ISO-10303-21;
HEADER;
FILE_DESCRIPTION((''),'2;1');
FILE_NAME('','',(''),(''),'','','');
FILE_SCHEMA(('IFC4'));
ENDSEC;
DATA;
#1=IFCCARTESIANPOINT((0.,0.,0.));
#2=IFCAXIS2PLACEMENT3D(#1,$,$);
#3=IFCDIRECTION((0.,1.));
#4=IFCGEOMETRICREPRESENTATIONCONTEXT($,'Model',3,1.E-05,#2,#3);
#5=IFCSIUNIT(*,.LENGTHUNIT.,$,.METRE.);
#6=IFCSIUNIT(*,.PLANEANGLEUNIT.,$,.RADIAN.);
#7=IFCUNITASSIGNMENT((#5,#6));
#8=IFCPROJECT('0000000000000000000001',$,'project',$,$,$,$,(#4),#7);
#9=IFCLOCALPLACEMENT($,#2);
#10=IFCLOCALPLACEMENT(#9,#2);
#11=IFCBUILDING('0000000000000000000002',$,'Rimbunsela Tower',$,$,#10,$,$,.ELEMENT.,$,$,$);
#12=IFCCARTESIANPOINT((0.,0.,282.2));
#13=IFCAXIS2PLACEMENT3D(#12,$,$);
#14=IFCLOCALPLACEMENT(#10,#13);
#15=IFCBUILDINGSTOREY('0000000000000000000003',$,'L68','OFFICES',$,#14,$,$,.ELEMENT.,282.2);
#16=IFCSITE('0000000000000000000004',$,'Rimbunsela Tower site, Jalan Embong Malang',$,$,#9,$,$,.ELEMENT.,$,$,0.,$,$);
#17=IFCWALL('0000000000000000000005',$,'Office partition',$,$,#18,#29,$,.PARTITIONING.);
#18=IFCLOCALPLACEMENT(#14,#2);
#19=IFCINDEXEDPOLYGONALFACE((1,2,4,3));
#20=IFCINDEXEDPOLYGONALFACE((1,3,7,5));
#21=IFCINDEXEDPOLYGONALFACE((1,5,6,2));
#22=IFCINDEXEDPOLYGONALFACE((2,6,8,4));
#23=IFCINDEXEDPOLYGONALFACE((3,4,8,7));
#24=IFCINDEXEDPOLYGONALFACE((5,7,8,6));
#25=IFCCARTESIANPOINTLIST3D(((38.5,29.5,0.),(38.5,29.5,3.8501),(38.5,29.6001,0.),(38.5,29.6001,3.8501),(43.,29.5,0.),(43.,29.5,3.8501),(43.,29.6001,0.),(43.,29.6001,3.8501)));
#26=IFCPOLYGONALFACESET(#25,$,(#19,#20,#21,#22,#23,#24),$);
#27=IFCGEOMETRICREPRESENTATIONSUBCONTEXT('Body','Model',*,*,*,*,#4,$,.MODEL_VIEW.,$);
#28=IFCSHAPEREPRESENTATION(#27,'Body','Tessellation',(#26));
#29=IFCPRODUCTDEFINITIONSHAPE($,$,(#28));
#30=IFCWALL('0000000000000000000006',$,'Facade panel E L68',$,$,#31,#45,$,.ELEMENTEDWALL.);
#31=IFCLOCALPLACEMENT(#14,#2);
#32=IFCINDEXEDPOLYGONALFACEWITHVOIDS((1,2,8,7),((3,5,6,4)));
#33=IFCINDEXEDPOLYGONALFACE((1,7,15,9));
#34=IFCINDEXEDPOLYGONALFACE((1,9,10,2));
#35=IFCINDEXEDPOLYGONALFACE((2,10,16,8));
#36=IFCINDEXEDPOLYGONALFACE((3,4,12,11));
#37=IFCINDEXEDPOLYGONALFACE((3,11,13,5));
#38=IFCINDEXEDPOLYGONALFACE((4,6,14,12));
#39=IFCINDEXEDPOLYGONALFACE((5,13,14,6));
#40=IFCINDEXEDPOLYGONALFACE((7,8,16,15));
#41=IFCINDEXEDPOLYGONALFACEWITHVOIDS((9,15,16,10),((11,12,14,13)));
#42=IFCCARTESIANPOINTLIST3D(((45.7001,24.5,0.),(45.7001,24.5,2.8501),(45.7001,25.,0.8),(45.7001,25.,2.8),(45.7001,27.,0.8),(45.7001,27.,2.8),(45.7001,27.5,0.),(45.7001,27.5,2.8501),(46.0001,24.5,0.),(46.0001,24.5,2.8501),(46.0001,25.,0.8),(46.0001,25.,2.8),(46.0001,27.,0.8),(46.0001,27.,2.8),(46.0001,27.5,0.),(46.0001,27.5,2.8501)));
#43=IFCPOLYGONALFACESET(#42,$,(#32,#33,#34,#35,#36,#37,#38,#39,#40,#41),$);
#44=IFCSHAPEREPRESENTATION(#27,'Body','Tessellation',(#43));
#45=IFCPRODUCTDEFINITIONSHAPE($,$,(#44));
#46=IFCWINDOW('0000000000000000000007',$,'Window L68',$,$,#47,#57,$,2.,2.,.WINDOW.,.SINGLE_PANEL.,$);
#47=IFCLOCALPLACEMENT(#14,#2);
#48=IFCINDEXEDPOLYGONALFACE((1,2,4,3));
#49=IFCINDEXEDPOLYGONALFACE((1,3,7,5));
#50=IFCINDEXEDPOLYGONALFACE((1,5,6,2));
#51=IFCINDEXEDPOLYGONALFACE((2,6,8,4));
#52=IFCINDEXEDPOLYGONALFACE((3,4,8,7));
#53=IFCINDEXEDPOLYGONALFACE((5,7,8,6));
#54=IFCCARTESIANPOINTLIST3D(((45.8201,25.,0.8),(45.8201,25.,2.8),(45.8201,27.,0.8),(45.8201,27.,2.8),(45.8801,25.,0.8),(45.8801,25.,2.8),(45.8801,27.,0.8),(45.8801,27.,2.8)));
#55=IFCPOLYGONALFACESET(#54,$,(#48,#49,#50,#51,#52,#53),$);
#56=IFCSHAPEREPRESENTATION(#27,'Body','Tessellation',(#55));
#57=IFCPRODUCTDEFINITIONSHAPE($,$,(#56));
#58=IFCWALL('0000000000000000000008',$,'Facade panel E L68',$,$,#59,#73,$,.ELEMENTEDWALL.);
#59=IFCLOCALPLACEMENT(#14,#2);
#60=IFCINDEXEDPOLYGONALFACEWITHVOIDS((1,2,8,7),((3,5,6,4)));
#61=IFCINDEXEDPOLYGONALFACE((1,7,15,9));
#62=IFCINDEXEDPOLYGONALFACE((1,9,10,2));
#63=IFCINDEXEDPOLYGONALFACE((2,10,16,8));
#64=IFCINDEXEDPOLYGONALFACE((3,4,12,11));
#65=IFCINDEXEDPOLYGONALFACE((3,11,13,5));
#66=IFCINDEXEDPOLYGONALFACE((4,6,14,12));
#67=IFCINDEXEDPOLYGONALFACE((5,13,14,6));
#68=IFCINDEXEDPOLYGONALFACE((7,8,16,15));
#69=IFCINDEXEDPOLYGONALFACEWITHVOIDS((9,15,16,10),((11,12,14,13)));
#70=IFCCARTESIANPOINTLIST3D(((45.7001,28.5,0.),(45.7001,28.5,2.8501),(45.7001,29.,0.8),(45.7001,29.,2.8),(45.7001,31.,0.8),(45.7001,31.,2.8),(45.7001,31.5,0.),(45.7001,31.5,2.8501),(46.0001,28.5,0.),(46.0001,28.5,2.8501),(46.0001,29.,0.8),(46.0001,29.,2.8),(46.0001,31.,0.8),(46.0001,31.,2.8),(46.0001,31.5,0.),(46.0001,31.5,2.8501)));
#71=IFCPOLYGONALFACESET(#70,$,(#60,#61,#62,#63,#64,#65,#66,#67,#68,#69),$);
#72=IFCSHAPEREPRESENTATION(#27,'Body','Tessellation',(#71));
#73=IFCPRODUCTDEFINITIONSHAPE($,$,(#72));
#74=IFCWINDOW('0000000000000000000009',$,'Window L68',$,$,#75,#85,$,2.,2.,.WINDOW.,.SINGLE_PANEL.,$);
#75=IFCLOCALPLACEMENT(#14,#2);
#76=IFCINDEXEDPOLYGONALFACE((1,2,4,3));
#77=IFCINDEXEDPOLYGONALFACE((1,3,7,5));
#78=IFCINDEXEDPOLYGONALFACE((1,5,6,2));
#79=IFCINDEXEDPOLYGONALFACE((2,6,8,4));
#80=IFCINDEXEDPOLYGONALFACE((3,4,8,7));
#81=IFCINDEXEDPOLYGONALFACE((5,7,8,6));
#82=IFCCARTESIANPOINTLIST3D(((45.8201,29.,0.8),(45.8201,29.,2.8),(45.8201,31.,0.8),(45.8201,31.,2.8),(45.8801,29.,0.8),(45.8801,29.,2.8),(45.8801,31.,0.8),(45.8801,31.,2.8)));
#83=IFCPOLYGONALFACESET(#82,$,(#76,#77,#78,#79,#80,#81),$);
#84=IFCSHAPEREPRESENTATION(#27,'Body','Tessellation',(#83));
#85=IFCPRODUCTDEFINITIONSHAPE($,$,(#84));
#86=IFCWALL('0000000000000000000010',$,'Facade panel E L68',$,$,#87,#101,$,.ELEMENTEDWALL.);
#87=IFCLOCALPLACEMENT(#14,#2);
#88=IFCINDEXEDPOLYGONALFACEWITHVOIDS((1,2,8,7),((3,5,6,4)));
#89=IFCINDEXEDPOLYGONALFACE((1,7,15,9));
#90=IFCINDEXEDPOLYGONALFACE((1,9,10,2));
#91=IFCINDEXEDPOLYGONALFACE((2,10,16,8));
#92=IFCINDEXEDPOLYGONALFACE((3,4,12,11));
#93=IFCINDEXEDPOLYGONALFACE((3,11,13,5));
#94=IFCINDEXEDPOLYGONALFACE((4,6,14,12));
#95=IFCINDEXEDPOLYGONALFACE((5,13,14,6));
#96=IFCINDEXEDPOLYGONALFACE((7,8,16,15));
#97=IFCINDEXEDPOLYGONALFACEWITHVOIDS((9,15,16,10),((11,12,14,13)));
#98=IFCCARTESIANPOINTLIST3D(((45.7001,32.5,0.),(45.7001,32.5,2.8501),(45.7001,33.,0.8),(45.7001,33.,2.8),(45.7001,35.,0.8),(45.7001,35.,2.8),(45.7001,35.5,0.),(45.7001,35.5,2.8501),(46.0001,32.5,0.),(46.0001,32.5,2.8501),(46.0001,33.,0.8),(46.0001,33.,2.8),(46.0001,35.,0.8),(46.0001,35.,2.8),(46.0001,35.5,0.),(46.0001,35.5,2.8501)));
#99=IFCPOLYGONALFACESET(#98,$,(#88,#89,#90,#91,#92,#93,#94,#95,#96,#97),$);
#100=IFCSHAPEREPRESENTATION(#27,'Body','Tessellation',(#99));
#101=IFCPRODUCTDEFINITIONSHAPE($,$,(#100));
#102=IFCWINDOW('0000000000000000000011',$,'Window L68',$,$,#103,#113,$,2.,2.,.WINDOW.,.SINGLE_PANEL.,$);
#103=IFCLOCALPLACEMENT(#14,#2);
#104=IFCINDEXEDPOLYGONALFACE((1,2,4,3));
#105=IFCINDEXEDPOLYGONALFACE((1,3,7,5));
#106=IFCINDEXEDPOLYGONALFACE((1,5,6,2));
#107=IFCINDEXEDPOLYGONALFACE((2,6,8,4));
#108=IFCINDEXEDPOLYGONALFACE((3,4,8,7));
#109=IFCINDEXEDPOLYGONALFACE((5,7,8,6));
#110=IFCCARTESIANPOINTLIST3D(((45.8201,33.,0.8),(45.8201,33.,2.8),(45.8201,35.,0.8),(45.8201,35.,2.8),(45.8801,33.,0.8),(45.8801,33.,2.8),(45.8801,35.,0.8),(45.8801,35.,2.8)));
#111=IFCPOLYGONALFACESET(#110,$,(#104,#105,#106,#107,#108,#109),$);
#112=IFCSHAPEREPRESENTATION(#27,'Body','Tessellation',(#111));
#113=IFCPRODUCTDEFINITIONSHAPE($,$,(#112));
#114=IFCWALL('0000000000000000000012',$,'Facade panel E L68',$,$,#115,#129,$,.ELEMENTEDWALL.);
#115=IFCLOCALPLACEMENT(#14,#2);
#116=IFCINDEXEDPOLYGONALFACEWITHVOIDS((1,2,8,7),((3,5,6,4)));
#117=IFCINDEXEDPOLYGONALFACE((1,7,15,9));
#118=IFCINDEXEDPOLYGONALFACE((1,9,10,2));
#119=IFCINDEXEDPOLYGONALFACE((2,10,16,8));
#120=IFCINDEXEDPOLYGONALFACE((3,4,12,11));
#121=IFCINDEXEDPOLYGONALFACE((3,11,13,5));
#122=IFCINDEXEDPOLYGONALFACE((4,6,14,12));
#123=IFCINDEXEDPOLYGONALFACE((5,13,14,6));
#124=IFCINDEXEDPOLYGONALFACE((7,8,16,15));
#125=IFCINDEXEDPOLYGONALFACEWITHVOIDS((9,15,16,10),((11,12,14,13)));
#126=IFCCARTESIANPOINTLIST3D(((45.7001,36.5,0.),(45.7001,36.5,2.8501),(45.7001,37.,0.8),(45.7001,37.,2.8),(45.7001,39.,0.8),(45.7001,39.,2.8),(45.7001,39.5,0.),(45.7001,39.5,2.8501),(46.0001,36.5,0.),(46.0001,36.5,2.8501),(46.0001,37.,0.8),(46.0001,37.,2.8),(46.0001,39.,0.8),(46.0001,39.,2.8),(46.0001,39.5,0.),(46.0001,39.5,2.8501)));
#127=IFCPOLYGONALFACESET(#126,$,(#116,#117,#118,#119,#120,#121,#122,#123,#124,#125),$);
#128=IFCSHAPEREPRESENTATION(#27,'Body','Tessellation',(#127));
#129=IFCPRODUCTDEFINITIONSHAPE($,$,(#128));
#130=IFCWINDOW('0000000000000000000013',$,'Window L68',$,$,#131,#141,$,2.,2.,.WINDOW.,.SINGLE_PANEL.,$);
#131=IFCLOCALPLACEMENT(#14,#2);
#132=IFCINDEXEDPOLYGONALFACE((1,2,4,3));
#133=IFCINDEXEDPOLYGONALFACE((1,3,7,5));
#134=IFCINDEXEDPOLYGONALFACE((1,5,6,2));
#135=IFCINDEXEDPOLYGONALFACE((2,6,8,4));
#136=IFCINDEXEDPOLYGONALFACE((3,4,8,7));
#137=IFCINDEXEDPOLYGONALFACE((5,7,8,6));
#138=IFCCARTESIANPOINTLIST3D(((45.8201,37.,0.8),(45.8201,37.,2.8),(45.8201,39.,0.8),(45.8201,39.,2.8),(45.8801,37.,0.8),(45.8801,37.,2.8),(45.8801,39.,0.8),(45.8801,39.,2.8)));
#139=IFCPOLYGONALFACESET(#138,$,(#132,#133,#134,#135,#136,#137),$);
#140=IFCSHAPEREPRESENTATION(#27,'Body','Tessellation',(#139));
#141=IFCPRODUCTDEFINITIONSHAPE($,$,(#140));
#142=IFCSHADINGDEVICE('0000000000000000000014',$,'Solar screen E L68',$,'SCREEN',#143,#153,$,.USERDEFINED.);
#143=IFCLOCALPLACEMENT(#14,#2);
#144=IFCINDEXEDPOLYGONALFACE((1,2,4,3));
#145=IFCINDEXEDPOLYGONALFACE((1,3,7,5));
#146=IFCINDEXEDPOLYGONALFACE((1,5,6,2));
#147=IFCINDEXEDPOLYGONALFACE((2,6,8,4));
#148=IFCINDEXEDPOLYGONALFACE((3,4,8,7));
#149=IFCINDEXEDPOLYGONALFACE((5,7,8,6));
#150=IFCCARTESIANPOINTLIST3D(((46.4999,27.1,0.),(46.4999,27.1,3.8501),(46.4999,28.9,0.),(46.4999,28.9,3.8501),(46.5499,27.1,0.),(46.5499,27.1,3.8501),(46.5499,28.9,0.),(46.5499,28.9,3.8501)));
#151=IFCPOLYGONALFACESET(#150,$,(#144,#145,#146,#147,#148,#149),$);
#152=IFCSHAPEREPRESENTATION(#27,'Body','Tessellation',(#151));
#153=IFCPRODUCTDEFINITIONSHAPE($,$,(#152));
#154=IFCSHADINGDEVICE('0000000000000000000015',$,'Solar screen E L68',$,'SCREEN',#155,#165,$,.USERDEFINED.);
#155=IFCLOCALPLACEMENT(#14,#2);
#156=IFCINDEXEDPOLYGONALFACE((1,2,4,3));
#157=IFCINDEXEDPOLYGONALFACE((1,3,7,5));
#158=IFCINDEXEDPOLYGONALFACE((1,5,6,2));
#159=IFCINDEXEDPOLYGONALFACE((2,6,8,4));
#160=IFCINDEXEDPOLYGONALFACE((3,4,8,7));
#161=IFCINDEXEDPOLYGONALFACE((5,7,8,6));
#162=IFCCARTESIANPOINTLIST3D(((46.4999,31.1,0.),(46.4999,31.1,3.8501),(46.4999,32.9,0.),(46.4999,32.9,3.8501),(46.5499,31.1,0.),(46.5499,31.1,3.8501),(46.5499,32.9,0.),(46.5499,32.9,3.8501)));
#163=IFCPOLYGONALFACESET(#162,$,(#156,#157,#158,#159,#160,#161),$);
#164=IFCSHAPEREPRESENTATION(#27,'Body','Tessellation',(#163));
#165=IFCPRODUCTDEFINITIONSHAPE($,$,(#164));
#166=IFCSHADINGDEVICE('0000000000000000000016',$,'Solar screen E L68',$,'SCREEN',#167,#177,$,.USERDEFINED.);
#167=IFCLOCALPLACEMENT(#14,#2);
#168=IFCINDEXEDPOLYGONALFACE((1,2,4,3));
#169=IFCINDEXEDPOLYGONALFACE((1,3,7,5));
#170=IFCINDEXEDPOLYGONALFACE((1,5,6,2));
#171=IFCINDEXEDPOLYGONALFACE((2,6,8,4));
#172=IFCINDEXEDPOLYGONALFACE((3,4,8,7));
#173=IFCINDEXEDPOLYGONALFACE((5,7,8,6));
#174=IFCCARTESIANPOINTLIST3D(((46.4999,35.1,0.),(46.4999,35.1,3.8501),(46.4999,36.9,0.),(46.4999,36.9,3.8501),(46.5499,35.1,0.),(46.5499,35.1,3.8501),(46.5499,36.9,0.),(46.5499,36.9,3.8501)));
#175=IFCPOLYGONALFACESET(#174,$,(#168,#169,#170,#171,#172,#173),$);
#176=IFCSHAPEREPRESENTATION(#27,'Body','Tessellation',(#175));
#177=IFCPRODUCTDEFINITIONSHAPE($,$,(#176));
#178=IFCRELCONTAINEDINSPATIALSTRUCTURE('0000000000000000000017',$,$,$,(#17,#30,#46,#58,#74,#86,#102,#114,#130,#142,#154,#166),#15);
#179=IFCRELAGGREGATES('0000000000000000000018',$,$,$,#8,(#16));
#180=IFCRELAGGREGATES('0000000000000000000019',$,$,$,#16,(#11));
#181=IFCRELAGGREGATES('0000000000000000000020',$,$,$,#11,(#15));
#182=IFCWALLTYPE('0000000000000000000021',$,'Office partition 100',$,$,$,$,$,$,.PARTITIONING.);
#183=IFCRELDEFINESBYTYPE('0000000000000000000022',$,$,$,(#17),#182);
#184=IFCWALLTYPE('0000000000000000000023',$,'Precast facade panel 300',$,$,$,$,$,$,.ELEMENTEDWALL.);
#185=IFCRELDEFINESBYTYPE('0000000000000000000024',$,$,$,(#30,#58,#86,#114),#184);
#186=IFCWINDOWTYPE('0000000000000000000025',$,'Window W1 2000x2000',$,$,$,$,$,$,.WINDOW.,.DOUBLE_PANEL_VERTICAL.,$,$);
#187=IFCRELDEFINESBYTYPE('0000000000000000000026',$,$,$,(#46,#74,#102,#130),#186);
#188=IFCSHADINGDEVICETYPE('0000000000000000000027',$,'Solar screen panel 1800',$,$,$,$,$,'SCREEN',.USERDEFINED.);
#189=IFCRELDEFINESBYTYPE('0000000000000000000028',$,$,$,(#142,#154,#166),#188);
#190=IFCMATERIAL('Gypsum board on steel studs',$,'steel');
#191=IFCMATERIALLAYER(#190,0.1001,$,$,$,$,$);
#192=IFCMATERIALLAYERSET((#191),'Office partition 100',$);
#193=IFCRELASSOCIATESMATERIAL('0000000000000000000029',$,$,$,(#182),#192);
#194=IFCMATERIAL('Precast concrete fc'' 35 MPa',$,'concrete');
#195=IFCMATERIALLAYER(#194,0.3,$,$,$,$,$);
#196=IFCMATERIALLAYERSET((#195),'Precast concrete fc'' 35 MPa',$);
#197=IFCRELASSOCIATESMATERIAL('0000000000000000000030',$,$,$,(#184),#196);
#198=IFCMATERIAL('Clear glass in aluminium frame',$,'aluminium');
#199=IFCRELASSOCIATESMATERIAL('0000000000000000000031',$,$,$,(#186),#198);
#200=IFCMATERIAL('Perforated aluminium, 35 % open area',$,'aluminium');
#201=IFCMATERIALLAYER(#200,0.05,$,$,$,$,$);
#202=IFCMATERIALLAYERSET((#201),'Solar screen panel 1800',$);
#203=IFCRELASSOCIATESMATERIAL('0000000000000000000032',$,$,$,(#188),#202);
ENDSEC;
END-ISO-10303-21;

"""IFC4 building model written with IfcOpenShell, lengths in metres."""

from ifc_helpers import new_model, si_unit, direction, frame, frame_2d, origin, origin_2d, place, context, subcontext, project, spatial, rectangle, extrude, material, layer, layer_set, type_object, element, fill, save


model = new_model("IFC4")

# Units and contexts
model_context = context("Model", 3, precision=1e-05, world=origin(), true_north=direction((0.0, 1.0)))
body_context = subcontext(model_context, "Body", "Model", "MODEL_VIEW")
ifc_project = project(units=[si_unit("LENGTHUNIT", "METRE"), si_unit("PLANEANGLEUNIT", "RADIAN")], contexts=[model_context])

# Site, building, storey
site_placement = place(None, origin())
site = spatial("IfcSite", under=ifc_project, at=site_placement, Name="Rimbunsela Tower site, Jalan Embong Malang", CompositionType="ELEMENT", RefElevation=0.0)
building_placement = place(site_placement, origin())
building = spatial("IfcBuilding", under=site, at=building_placement, Name="Rimbunsela Tower", CompositionType="ELEMENT")
storey_placement = place(building_placement, frame((0.0, 0.0, 282.2)))
storey = spatial("IfcBuildingStorey", under=building, at=storey_placement, Name="L68", Description="OFFICES", CompositionType="ELEMENT", Elevation=282.2)

# Shared definitions
ifc_material_1 = material(Name="Gypsum board on steel studs", Category="steel")
ifc_layer_1 = layer(ifc_material_1, 0.1001)
ifc_layer_set_1 = layer_set([ifc_layer_1], Name="Office partition 100")
wall_type_1 = type_object("IfcWallType", Name="Office partition 100", PredefinedType="PARTITIONING", material=ifc_layer_set_1)

# Wall
wall_1_placement = place(storey_placement, frame((43.0, 29.55, 0.0), z_axis=(0.0, 0.0, 1.0), x_axis=(-1.0, 0.0, 0.0)))
element("IfcWall", 1, at=wall_1_placement, inside=storey, type_object=wall_type_1, Name="Office partition", PredefinedType="PARTITIONING", context=body_context, shape_type="SweptSolid", body=[
    extrude(rectangle(XDim=4.5, YDim=0.1001, at=frame_2d((2.25, 0.0))), origin(), (0.0, 0.0, 1.0), 3.8501),
])

# Walls, openings, windows
ifc_material_2 = material(Name="Precast concrete fc' 35 MPa", Category="concrete")
ifc_layer_2 = layer(ifc_material_2, 0.3)
ifc_layer_set_2 = layer_set([ifc_layer_2], Name="Precast concrete fc' 35 MPa")
wall_type_2 = type_object("IfcWallType", Name="Precast facade panel 300", PredefinedType="ELEMENTEDWALL", material=ifc_layer_set_2)
wall_2_placement = place(storey_placement, frame((45.8501, 24.5, 0.0), z_axis=(0.0, 0.0, 1.0), x_axis=(0.0, 1.0, 0.0)))
wall_2 = element("IfcWall", 2, at=wall_2_placement, inside=storey, type_object=wall_type_2, Name="Facade panel E L68", PredefinedType="ELEMENTEDWALL", context=body_context, shape_type="SweptSolid", body=[
    extrude(rectangle(XDim=3.0, YDim=0.3, at=frame_2d((1.5, 0.0))), origin(), (0.0, 0.0, 1.0), 2.8501),
])
opening_1_placement = place(wall_2_placement, frame((0.5, 0.0, 0.8)))
opening_1 = element("IfcOpeningElement", 3, at=opening_1_placement, cuts=wall_2, PredefinedType="OPENING", context=body_context, shape_type="SweptSolid", body=[
    extrude(rectangle(XDim=2.0, YDim=2.0, at=frame_2d((1.0, 1.0))), frame((0.0, 0.1599, 0.0), z_axis=(0.0, -1.0, 0.0), x_axis=(1.0, 0.0, 0.0)), (0.0, 0.0, 1.0), 0.3201),
])
ifc_material_3 = material(Name="Clear glass in aluminium frame", Category="aluminium")
window_type = type_object("IfcWindowType", Name="Window W1 2000x2000", PartitioningType="DOUBLE_PANEL_VERTICAL", PredefinedType="WINDOW", material=ifc_material_3)
window_1_placement = place(opening_1_placement, origin())
window_1 = element("IfcWindow", 4, at=window_1_placement, inside=storey, type_object=window_type, Name="Window L68", OverallHeight=2.0, OverallWidth=2.0, PartitioningType="SINGLE_PANEL", PredefinedType="WINDOW", context=body_context, shape_type="SweptSolid", body=[
    extrude(rectangle(XDim=2.0, YDim=2.0, at=frame_2d((1.0, 1.0))), frame((0.0, 0.03, 0.0), z_axis=(0.0, -1.0, 0.0), x_axis=(1.0, 0.0, 0.0)), (0.0, 0.0, 1.0), 0.0601),
])
fill(opening_1, window_1)
wall_3_placement = place(storey_placement, frame((45.8501, 28.5, 0.0), z_axis=(0.0, 0.0, 1.0), x_axis=(0.0, 1.0, 0.0)))
wall_3 = element("IfcWall", 5, at=wall_3_placement, inside=storey, type_object=wall_type_2, Name="Facade panel E L68", PredefinedType="ELEMENTEDWALL", context=body_context, shape_type="SweptSolid", body=[
    extrude(rectangle(XDim=3.0, YDim=0.3, at=frame_2d((1.5, 0.0))), origin(), (0.0, 0.0, 1.0), 2.8501),
])
opening_2_placement = place(wall_3_placement, frame((0.5, 0.0, 0.8)))
opening_2 = element("IfcOpeningElement", 6, at=opening_2_placement, cuts=wall_3, PredefinedType="OPENING", context=body_context, shape_type="SweptSolid", body=[
    extrude(rectangle(XDim=2.0, YDim=2.0, at=frame_2d((1.0, 1.0))), frame((0.0, 0.1599, 0.0), z_axis=(0.0, -1.0, 0.0), x_axis=(1.0, 0.0, 0.0)), (0.0, 0.0, 1.0), 0.3201),
])
window_2_placement = place(opening_2_placement, origin())
window_2 = element("IfcWindow", 7, at=window_2_placement, inside=storey, type_object=window_type, Name="Window L68", OverallHeight=2.0, OverallWidth=2.0, PartitioningType="SINGLE_PANEL", PredefinedType="WINDOW", context=body_context, shape_type="SweptSolid", body=[
    extrude(rectangle(XDim=2.0, YDim=2.0, at=frame_2d((1.0, 1.0))), frame((0.0, 0.03, 0.0), z_axis=(0.0, -1.0, 0.0), x_axis=(1.0, 0.0, 0.0)), (0.0, 0.0, 1.0), 0.0601),
])
fill(opening_2, window_2)
wall_4_placement = place(storey_placement, frame((45.8501, 32.5, 0.0), z_axis=(0.0, 0.0, 1.0), x_axis=(0.0, 1.0, 0.0)))
wall_4 = element("IfcWall", 8, at=wall_4_placement, inside=storey, type_object=wall_type_2, Name="Facade panel E L68", PredefinedType="ELEMENTEDWALL", context=body_context, shape_type="SweptSolid", body=[
    extrude(rectangle(XDim=3.0, YDim=0.3, at=frame_2d((1.5, 0.0))), origin(), (0.0, 0.0, 1.0), 2.8501),
])
opening_3_placement = place(wall_4_placement, frame((0.5, 0.0, 0.8)))
opening_3 = element("IfcOpeningElement", 9, at=opening_3_placement, cuts=wall_4, PredefinedType="OPENING", context=body_context, shape_type="SweptSolid", body=[
    extrude(rectangle(XDim=2.0, YDim=2.0, at=frame_2d((1.0, 1.0))), frame((0.0, 0.1599, 0.0), z_axis=(0.0, -1.0, 0.0), x_axis=(1.0, 0.0, 0.0)), (0.0, 0.0, 1.0), 0.3201),
])
window_3_placement = place(opening_3_placement, origin())
window_3 = element("IfcWindow", 10, at=window_3_placement, inside=storey, type_object=window_type, Name="Window L68", OverallHeight=2.0, OverallWidth=2.0, PartitioningType="SINGLE_PANEL", PredefinedType="WINDOW", context=body_context, shape_type="SweptSolid", body=[
    extrude(rectangle(XDim=2.0, YDim=2.0, at=frame_2d((1.0, 1.0))), frame((0.0, 0.03, 0.0), z_axis=(0.0, -1.0, 0.0), x_axis=(1.0, 0.0, 0.0)), (0.0, 0.0, 1.0), 0.0601),
])
fill(opening_3, window_3)
wall_5_placement = place(storey_placement, frame((45.8501, 36.5, 0.0), z_axis=(0.0, 0.0, 1.0), x_axis=(0.0, 1.0, 0.0)))
wall_5 = element("IfcWall", 11, at=wall_5_placement, inside=storey, type_object=wall_type_2, Name="Facade panel E L68", PredefinedType="ELEMENTEDWALL", context=body_context, shape_type="SweptSolid", body=[
    extrude(rectangle(XDim=3.0, YDim=0.3, at=frame_2d((1.5, 0.0))), origin(), (0.0, 0.0, 1.0), 2.8501),
])
opening_4_placement = place(wall_5_placement, frame((0.5, 0.0, 0.8)))
opening_4 = element("IfcOpeningElement", 12, at=opening_4_placement, cuts=wall_5, PredefinedType="OPENING", context=body_context, shape_type="SweptSolid", body=[
    extrude(rectangle(XDim=2.0, YDim=2.0, at=frame_2d((1.0, 1.0))), frame((0.0, 0.1599, 0.0), z_axis=(0.0, -1.0, 0.0), x_axis=(1.0, 0.0, 0.0)), (0.0, 0.0, 1.0), 0.3201),
])
window_4_placement = place(opening_4_placement, origin())
window_4 = element("IfcWindow", 13, at=window_4_placement, inside=storey, type_object=window_type, Name="Window L68", OverallHeight=2.0, OverallWidth=2.0, PartitioningType="SINGLE_PANEL", PredefinedType="WINDOW", context=body_context, shape_type="SweptSolid", body=[
    extrude(rectangle(XDim=2.0, YDim=2.0, at=frame_2d((1.0, 1.0))), frame((0.0, 0.03, 0.0), z_axis=(0.0, -1.0, 0.0), x_axis=(1.0, 0.0, 0.0)), (0.0, 0.0, 1.0), 0.0601),
])
fill(opening_4, window_4)

# Shading devices
ifc_material_4 = material(Name="Perforated aluminium, 35 % open area", Category="aluminium")
ifc_layer_3 = layer(ifc_material_4, 0.05)
ifc_layer_set_3 = layer_set([ifc_layer_3], Name="Solar screen panel 1800")
shading_device_type = type_object("IfcShadingDeviceType", Name="Solar screen panel 1800", ElementType="SCREEN", PredefinedType="USERDEFINED", material=ifc_layer_set_3)
for number, where, z_axis, x_axis, name in (
    (14, (46.5249, 28.0, 0.0), (0.0, 0.0, 1.0), (0.0, 1.0, 0.0), "Solar screen E L68"),
    (15, (46.5249, 32.0, 0.0), (0.0, 0.0, 1.0), (0.0, 1.0, 0.0), "Solar screen E L68"),
    (16, (46.5249, 36.0, 0.0), (0.0, 0.0, 1.0), (0.0, 1.0, 0.0), "Solar screen E L68"),
):
    element("IfcShadingDevice", number, at=place(storey_placement, frame(where, z_axis=z_axis, x_axis=x_axis)), inside=storey, type_object=shading_device_type, Name=name, ObjectType="SCREEN", PredefinedType="USERDEFINED", context=body_context, shape_type="SweptSolid", body=[
        extrude(rectangle(XDim=1.8, YDim=0.05, at=origin_2d()), origin(), (0.0, 0.0, 1.0), 3.8501),
    ])

save(model, "model.ifc")
